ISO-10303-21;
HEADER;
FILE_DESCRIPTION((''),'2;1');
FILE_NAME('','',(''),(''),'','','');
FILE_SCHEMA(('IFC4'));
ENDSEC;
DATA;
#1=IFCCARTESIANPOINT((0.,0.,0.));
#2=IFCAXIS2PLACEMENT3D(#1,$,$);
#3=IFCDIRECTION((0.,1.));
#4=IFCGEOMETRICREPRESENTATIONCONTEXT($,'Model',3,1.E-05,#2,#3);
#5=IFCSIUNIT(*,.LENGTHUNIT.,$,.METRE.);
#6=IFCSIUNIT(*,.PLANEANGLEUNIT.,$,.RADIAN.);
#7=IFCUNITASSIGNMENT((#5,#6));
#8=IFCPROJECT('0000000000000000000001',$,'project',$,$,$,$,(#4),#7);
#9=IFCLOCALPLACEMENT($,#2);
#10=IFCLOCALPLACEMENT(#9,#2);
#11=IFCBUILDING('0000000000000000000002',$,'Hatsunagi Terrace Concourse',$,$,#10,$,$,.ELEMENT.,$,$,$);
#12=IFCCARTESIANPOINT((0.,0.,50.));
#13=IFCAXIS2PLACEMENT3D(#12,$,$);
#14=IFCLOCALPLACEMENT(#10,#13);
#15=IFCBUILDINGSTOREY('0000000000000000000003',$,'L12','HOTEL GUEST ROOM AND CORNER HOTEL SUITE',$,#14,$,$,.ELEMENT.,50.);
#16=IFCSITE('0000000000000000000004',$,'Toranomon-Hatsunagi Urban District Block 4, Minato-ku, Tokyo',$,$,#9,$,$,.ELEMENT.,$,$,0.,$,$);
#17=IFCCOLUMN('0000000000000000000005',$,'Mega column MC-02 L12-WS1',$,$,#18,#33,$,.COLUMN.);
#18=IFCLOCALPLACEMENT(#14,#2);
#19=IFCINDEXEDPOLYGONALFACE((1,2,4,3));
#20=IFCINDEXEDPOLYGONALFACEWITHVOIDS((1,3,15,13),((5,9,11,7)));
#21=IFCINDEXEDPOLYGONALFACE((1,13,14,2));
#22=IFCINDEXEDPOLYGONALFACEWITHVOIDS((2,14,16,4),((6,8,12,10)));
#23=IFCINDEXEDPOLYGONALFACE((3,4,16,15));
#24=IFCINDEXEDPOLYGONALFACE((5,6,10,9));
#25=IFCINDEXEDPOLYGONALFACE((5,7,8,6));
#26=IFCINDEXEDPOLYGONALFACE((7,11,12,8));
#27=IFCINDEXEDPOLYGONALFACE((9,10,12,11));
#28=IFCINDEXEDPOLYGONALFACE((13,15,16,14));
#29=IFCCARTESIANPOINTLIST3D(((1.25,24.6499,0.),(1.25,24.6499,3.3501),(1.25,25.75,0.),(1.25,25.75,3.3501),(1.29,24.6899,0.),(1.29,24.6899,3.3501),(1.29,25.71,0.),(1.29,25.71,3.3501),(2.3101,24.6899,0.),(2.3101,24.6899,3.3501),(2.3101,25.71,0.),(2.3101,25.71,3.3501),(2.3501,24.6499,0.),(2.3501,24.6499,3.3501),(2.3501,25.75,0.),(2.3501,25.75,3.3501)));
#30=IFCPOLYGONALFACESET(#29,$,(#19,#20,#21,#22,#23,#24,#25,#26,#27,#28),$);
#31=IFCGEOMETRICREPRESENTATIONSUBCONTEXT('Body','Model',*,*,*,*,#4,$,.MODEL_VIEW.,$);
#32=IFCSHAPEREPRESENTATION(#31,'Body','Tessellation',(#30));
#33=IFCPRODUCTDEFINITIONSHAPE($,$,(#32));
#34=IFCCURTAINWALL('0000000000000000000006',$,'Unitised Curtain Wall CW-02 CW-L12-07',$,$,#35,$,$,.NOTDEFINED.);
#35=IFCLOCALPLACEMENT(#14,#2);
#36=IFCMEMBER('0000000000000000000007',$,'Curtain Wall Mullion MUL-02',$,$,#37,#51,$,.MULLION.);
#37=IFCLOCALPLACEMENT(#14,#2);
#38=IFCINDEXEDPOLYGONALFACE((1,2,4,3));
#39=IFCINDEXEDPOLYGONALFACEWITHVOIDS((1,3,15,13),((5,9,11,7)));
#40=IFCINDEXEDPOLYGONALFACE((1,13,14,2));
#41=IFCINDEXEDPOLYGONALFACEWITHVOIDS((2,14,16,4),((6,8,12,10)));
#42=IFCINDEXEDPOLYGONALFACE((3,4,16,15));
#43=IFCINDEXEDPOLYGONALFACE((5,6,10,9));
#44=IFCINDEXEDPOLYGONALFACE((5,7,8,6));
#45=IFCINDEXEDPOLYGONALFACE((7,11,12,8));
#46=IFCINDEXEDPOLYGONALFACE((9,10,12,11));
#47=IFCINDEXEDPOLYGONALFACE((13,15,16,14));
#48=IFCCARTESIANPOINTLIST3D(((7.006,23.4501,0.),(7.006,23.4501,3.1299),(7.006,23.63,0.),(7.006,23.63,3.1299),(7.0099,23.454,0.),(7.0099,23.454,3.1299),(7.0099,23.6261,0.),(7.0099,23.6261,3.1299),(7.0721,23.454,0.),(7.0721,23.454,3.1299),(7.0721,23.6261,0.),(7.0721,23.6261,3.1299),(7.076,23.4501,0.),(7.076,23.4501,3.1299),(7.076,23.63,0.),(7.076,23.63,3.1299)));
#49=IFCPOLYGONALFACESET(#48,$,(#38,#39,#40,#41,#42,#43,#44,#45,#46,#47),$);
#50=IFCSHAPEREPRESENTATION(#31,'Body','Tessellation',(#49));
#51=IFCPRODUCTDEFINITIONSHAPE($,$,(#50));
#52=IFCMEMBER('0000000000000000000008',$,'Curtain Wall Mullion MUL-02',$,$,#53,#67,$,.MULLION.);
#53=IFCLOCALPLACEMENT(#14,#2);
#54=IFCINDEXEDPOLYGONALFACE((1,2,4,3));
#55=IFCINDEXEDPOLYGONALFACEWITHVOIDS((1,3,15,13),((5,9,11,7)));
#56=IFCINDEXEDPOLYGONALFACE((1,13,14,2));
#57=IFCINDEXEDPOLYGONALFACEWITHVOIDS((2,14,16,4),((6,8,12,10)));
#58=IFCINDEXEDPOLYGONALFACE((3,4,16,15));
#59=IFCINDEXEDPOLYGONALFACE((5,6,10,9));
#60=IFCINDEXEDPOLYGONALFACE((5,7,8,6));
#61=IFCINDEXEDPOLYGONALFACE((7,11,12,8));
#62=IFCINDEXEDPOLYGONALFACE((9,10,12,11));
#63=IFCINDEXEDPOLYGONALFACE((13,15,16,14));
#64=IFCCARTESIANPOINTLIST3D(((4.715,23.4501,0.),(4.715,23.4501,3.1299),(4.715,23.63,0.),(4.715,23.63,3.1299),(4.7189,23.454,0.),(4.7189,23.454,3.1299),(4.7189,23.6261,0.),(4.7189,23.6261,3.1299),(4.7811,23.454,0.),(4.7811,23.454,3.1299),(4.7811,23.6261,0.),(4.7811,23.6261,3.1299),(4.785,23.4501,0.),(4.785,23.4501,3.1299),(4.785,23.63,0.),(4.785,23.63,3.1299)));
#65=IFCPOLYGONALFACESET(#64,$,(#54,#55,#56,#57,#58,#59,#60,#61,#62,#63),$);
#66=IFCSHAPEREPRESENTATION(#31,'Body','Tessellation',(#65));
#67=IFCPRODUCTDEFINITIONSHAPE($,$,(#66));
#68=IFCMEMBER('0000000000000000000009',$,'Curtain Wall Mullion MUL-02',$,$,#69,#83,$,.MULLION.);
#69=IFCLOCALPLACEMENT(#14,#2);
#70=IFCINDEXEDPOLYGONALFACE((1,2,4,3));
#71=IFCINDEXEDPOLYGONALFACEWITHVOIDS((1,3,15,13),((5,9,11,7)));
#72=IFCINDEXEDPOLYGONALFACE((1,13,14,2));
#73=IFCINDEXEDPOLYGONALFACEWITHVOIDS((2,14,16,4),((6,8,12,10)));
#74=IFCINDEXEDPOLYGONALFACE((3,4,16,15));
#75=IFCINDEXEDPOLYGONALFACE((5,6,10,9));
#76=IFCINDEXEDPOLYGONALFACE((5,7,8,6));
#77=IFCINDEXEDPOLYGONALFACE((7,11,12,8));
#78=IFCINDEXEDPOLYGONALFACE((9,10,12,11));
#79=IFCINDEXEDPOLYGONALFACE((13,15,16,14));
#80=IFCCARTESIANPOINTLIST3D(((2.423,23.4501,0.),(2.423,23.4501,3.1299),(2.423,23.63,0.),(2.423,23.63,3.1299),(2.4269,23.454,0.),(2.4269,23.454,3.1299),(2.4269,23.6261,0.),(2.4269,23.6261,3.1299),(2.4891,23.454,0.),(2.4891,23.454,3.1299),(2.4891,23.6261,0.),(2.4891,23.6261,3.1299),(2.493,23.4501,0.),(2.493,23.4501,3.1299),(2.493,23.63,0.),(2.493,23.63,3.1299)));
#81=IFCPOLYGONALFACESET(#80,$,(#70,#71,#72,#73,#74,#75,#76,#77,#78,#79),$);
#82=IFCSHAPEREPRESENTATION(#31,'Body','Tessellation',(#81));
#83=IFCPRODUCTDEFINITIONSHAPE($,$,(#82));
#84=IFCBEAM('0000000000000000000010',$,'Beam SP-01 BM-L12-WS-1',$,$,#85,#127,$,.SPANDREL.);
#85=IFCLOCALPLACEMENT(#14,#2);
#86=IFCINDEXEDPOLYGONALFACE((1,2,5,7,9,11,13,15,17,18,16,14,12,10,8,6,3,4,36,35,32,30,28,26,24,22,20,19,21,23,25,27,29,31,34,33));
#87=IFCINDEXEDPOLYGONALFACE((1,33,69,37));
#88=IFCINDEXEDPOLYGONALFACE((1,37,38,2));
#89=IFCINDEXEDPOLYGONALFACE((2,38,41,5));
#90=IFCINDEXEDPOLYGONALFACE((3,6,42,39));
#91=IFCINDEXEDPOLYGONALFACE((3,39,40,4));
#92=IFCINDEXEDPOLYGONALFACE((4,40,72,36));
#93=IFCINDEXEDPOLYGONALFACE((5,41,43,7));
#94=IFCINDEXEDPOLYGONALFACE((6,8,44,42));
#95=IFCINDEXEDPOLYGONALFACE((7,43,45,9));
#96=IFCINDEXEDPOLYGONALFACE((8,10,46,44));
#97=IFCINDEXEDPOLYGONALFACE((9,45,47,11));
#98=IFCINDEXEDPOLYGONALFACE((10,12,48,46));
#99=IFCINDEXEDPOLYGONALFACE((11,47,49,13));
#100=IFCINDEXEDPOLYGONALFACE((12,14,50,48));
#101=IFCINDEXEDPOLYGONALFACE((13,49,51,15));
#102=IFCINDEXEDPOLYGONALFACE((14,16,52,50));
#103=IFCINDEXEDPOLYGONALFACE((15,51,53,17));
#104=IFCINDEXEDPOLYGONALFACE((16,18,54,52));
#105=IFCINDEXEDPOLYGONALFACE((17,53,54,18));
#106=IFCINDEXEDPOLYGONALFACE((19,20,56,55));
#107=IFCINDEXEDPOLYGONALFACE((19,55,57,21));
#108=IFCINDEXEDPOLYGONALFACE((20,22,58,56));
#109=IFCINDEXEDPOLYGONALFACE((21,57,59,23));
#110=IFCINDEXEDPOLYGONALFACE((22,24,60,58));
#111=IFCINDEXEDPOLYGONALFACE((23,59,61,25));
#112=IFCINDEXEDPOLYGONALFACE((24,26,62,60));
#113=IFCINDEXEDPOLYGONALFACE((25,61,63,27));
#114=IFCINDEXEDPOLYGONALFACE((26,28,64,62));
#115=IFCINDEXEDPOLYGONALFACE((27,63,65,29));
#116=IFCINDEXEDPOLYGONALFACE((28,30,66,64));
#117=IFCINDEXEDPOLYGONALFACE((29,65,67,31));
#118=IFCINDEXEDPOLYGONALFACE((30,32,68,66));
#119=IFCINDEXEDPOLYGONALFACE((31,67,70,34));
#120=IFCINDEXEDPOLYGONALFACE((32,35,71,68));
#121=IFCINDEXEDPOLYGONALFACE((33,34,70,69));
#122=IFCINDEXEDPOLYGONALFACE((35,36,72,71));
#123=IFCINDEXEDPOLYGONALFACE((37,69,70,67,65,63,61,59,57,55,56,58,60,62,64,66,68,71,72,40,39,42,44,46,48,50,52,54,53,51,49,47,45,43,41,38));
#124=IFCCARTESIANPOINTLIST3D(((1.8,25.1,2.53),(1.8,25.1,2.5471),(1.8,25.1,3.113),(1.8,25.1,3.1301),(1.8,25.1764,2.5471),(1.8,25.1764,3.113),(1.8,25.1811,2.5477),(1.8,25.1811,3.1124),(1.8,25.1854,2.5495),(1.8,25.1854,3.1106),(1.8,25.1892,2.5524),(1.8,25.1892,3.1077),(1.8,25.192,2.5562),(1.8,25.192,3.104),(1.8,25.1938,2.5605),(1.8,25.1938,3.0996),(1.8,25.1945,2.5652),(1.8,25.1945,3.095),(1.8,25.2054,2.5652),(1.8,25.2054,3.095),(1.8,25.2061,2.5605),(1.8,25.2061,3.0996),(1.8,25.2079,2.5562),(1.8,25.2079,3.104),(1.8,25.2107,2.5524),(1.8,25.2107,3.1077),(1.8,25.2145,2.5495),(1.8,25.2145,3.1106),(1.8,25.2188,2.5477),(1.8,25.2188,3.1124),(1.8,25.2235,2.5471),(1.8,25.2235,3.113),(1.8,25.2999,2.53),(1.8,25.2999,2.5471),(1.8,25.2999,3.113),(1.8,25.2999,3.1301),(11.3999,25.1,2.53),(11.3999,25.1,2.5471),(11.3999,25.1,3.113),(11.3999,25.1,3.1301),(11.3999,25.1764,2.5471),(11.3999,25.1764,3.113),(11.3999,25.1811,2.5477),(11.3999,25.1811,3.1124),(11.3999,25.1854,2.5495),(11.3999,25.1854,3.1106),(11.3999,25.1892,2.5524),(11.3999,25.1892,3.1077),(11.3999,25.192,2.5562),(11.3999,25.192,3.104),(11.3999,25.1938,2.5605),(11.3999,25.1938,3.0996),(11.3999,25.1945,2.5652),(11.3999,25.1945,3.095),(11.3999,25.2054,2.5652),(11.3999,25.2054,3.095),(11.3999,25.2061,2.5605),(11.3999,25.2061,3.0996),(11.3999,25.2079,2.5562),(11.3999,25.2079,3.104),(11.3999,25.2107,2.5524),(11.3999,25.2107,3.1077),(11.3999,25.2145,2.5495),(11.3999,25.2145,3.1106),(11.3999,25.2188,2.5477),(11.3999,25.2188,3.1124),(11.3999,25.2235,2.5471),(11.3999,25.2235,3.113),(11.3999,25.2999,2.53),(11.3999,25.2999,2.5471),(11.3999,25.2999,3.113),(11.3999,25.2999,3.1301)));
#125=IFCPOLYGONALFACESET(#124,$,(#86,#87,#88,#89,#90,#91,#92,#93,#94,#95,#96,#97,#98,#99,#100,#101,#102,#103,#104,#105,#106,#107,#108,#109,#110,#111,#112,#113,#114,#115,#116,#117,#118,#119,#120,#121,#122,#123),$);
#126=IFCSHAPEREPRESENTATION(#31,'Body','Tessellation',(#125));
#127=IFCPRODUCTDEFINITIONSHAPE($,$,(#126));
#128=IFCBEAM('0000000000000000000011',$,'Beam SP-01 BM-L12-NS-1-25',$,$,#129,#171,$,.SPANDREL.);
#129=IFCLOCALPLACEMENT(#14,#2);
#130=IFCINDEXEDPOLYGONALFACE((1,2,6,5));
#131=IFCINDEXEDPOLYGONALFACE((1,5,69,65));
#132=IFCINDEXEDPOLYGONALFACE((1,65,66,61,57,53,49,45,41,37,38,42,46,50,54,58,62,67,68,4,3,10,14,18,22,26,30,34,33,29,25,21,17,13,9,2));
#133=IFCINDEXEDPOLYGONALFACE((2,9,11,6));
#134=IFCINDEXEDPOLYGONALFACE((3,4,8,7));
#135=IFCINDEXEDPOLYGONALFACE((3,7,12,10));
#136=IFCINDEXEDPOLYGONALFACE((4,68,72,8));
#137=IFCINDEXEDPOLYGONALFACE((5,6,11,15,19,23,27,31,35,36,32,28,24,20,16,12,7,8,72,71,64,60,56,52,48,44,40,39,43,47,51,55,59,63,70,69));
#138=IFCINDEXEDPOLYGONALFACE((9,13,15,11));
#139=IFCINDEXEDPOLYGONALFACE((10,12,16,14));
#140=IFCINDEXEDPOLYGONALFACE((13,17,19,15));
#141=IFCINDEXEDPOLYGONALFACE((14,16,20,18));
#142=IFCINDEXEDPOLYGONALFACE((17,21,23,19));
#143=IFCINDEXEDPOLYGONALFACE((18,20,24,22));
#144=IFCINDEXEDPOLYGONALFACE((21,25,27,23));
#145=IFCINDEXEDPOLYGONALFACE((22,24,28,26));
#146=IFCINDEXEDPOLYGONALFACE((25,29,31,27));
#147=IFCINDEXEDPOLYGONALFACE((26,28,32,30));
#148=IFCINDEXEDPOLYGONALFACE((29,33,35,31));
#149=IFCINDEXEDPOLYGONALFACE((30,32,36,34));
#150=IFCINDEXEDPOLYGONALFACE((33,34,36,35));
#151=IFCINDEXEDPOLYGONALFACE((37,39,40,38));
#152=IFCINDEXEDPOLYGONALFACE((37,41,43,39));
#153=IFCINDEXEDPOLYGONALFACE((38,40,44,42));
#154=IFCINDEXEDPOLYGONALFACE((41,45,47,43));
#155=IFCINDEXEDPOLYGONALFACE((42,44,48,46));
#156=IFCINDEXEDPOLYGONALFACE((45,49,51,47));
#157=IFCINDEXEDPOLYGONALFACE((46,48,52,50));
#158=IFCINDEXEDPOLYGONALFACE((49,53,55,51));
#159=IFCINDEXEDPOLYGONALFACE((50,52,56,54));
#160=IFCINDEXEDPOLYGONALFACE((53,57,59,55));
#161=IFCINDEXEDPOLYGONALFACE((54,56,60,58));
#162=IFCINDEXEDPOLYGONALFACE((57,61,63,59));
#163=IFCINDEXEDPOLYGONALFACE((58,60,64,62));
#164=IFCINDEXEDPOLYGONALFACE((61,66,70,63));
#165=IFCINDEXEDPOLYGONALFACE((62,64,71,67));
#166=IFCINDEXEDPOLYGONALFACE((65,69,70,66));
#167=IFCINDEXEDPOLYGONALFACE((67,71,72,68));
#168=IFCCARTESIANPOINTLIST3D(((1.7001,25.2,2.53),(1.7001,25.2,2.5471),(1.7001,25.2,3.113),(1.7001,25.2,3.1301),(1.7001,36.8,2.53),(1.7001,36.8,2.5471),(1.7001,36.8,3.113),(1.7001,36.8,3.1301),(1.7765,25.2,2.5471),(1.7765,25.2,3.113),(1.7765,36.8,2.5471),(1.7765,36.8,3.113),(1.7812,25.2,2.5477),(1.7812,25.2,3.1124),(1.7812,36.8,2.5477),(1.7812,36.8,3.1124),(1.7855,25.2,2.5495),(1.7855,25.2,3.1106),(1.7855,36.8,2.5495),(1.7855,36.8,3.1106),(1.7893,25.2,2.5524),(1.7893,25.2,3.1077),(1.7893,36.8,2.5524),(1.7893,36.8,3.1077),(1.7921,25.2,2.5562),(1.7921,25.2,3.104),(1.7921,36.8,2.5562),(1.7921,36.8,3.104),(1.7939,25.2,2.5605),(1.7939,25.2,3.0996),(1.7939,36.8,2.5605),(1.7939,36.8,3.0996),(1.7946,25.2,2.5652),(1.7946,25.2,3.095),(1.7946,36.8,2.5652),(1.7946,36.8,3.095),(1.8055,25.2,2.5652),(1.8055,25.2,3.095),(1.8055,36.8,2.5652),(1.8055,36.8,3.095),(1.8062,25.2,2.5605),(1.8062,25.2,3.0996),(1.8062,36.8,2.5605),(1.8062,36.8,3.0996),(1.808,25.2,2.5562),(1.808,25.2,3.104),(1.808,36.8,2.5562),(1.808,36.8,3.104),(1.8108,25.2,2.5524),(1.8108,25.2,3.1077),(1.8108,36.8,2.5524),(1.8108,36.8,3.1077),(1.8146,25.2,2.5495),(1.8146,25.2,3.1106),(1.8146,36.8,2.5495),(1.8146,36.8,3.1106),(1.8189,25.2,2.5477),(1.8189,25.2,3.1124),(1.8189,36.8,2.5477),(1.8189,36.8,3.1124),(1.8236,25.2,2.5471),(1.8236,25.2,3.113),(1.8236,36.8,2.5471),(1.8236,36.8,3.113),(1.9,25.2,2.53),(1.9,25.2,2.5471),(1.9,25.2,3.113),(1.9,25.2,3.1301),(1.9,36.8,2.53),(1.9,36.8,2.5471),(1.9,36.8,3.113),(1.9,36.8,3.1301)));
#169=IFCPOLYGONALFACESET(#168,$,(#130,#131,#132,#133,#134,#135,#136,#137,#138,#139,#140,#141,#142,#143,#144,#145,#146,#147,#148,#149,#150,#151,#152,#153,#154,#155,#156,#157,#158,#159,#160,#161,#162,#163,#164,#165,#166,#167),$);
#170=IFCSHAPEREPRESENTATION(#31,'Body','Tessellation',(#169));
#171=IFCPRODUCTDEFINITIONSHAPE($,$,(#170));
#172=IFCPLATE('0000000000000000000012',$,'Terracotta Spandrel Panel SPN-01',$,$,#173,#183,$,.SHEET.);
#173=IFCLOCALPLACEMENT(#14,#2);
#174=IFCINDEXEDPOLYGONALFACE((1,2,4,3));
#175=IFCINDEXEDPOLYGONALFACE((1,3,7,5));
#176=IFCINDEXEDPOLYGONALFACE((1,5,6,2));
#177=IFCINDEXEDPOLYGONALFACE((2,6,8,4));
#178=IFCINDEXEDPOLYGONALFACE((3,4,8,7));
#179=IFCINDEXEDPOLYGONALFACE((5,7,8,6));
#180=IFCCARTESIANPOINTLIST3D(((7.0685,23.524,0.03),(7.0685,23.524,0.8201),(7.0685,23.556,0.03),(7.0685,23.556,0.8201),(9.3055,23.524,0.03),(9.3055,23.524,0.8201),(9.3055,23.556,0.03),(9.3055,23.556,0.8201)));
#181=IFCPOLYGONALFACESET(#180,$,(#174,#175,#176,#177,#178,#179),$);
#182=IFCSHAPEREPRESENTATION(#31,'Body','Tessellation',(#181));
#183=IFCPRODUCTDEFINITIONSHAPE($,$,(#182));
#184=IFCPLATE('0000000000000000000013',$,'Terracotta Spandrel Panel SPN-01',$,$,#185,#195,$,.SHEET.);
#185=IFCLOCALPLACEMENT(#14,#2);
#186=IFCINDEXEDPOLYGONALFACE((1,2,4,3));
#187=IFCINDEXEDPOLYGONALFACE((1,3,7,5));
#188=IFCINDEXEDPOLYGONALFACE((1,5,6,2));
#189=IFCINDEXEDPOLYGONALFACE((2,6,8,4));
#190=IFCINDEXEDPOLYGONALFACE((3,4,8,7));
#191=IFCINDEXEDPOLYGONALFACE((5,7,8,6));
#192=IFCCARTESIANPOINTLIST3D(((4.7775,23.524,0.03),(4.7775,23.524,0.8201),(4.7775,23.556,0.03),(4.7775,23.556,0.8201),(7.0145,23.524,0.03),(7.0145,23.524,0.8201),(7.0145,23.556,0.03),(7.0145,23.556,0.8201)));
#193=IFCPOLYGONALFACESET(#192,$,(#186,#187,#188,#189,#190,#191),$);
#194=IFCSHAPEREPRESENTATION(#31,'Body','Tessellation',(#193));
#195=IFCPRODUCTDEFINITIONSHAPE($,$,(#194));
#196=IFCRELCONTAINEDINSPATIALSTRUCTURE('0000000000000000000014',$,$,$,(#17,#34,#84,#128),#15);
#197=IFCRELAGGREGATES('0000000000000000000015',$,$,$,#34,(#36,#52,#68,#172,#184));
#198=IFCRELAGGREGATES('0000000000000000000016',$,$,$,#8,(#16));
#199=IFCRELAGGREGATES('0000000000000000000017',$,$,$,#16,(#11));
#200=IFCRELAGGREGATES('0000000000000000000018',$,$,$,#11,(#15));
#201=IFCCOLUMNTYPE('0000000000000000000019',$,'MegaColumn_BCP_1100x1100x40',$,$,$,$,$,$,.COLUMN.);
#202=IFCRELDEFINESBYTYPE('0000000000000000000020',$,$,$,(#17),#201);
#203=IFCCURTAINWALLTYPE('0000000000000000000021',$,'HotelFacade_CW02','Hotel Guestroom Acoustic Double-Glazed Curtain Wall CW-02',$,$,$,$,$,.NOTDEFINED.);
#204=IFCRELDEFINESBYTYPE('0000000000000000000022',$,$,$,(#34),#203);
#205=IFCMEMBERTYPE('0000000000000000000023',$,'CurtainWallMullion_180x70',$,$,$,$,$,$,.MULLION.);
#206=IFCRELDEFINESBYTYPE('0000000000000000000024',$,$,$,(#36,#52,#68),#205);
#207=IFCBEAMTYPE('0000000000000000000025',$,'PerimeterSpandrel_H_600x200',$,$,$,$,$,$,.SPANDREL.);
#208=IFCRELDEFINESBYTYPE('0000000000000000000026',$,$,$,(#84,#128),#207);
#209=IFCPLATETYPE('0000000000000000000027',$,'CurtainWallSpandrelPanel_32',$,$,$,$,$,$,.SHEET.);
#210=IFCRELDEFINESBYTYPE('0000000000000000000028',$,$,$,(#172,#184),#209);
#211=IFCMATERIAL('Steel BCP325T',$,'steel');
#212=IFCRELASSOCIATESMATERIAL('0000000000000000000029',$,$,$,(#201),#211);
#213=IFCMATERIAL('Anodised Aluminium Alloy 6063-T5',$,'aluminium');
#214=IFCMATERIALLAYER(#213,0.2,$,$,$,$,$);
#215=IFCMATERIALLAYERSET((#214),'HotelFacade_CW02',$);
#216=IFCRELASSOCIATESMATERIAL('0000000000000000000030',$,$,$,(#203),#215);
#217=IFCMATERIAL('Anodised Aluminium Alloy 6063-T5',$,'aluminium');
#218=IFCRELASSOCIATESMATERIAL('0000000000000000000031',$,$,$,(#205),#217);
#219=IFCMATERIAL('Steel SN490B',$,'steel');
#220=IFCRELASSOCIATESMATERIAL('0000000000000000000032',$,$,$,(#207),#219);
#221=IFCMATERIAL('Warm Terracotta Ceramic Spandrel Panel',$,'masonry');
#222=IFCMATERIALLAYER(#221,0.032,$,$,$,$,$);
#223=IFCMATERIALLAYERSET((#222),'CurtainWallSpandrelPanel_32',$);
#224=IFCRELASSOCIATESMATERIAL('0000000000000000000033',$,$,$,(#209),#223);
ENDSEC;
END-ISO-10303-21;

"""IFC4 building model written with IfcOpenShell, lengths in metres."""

from ifc_helpers import new_model, si_unit, direction, frame, origin, origin_2d, place, context, subcontext, project, spatial, rectangle, hollow_rectangle, i_section, extrude, material, layer, layer_set, material_profile, profile_set, type_object, element, aggregate, save


model = new_model("IFC4")

# Units and contexts
model_context = context("Model", 3, precision=1e-05, world=origin(), true_north=direction((0.0, 1.0)))
body_context = subcontext(model_context, "Body", "Model", "MODEL_VIEW")
ifc_project = project(units=[si_unit("LENGTHUNIT", "METRE"), si_unit("PLANEANGLEUNIT", "RADIAN")], contexts=[model_context])

# Site, building, storey
site_placement = place(None, origin())
site = spatial("IfcSite", under=ifc_project, at=site_placement, Name="Toranomon-Hatsunagi Urban District Block 4, Minato-ku, Tokyo", CompositionType="ELEMENT", RefElevation=0.0)
building_placement = place(site_placement, origin())
building = spatial("IfcBuilding", under=site, at=building_placement, Name="Hatsunagi Terrace Concourse", CompositionType="ELEMENT")
storey_placement = place(building_placement, frame((0.0, 0.0, 50.0)))
storey = spatial("IfcBuildingStorey", under=building, at=storey_placement, Name="L12", Description="HOTEL GUEST ROOM AND CORNER HOTEL SUITE", CompositionType="ELEMENT", Elevation=50.0)

# Column
ifc_material_1 = material(Name="Steel BCP325T", Category="steel")
ifc_material_profile_1 = material_profile(ifc_material_1, hollow_rectangle(XDim=1.1001, YDim=1.1001, WallThickness=0.04, at=origin_2d()), Name="BCP-1100x1100x40")
ifc_profile_set_1 = profile_set([ifc_material_profile_1], Name="Steel BCP325T")
column_type = type_object("IfcColumnType", Name="MegaColumn_BCP_1100x1100x40", PredefinedType="COLUMN", material=ifc_profile_set_1)
column_placement = place(storey_placement, frame((1.8, 25.2, 0.0), z_axis=(0.0, 0.0, 1.0), x_axis=(1.0, 0.0, 0.0)))
element("IfcColumn", 1, at=column_placement, inside=storey, type_object=column_type, Name="Mega column MC-02 L12-WS1", PredefinedType="COLUMN", context=body_context, shape_type="SweptSolid", body=[
    extrude(hollow_rectangle(XDim=1.1001, YDim=1.1001, WallThickness=0.04, at=origin_2d()), origin(), (0.0, 0.0, 1.0), 3.3501),
])

# Curtain wall, members
ifc_material_2 = material(Name="Anodised Aluminium Alloy 6063-T5", Category="aluminium")
ifc_layer_1 = layer(ifc_material_2, 0.2)
ifc_layer_set_1 = layer_set([ifc_layer_1], Name="HotelFacade_CW02")
curtain_wall_type = type_object("IfcCurtainWallType", Name="HotelFacade_CW02", Description="Hotel Guestroom Acoustic Double-Glazed Curtain Wall CW-02", PredefinedType="NOTDEFINED", material=ifc_layer_set_1)
curtain_wall_placement = place(storey_placement, origin())
curtain_wall = element("IfcCurtainWall", 2, at=curtain_wall_placement, inside=storey, type_object=curtain_wall_type, Name="Unitised Curtain Wall CW-02 CW-L12-07", PredefinedType="NOTDEFINED")
ifc_material_3 = material(Name="Anodised Aluminium Alloy 6063-T5", Category="aluminium")
ifc_material_profile_2 = material_profile(ifc_material_3, hollow_rectangle(XDim=0.0701, YDim=0.1799, WallThickness=0.0039, at=origin_2d()), Name="ALU-MUL-180x70x4")
ifc_profile_set_2 = profile_set([ifc_material_profile_2], Name="Anodised Aluminium Alloy 6063-T5")
member_type = type_object("IfcMemberType", Name="CurtainWallMullion_180x70", PredefinedType="MULLION", material=ifc_profile_set_2)
member_1_placement = place(storey_placement, frame((7.041, 23.54, 0.0), z_axis=(0.0, 0.0, 1.0), x_axis=(-1.0, 0.0, 0.0)))
member_1 = element("IfcMember", 3, at=member_1_placement, type_object=member_type, Name="Curtain Wall Mullion MUL-02", PredefinedType="MULLION", context=body_context, shape_type="SweptSolid", body=[
    extrude(hollow_rectangle(XDim=0.0701, YDim=0.1799, WallThickness=0.0039, at=origin_2d()), origin(), (0.0, 0.0, 1.0), 3.1299),
])
member_2_placement = place(storey_placement, frame((4.75, 23.54, 0.0), z_axis=(0.0, 0.0, 1.0), x_axis=(-1.0, 0.0, 0.0)))
member_2 = element("IfcMember", 4, at=member_2_placement, type_object=member_type, Name="Curtain Wall Mullion MUL-02", PredefinedType="MULLION", context=body_context, shape_type="SweptSolid", body=[
    extrude(hollow_rectangle(XDim=0.0701, YDim=0.1799, WallThickness=0.0039, at=origin_2d()), origin(), (0.0, 0.0, 1.0), 3.1299),
])
member_3_placement = place(storey_placement, frame((2.458, 23.54, 0.0), z_axis=(0.0, 0.0, 1.0), x_axis=(-1.0, 0.0, 0.0)))
member_3 = element("IfcMember", 5, at=member_3_placement, type_object=member_type, Name="Curtain Wall Mullion MUL-02", PredefinedType="MULLION", context=body_context, shape_type="SweptSolid", body=[
    extrude(hollow_rectangle(XDim=0.0701, YDim=0.1799, WallThickness=0.0039, at=origin_2d()), origin(), (0.0, 0.0, 1.0), 3.1299),
])

# Beams
ifc_material_4 = material(Name="Steel SN490B", Category="steel")
ifc_material_profile_3 = material_profile(ifc_material_4, i_section(OverallWidth=0.2, OverallDepth=0.6001, WebThickness=0.011, FlangeThickness=0.0171, FilletRadius=0.0181, at=origin_2d()), Name="H-600x200x11x17")
ifc_profile_set_3 = profile_set([ifc_material_profile_3], Name="Steel SN490B")
beam_type = type_object("IfcBeamType", Name="PerimeterSpandrel_H_600x200", PredefinedType="SPANDREL", material=ifc_profile_set_3)
beam_1_placement = place(storey_placement, frame((1.8, 25.2, 2.8301), z_axis=(1.0, 0.0, 0.0), x_axis=(0.0, 1.0, 0.0)))
element("IfcBeam", 6, at=beam_1_placement, inside=storey, type_object=beam_type, Name="Beam SP-01 BM-L12-WS-1", PredefinedType="SPANDREL", context=body_context, shape_type="SweptSolid", body=[
    extrude(i_section(OverallWidth=0.2, OverallDepth=0.6001, WebThickness=0.011, FlangeThickness=0.0171, FilletRadius=0.0181, at=origin_2d()), origin(), (0.0, 0.0, 1.0), 9.5999),
])
beam_2_placement = place(storey_placement, frame((1.8, 25.2, 2.8301), z_axis=(0.0, 1.0, 0.0), x_axis=(-1.0, 0.0, 0.0)))
element("IfcBeam", 7, at=beam_2_placement, inside=storey, type_object=beam_type, Name="Beam SP-01 BM-L12-NS-1-25", PredefinedType="SPANDREL", context=body_context, shape_type="SweptSolid", body=[
    extrude(i_section(OverallWidth=0.2, OverallDepth=0.6001, WebThickness=0.011, FlangeThickness=0.0171, FilletRadius=0.0181, at=origin_2d()), origin(), (0.0, 0.0, 1.0), 11.6001),
])

# Plates
ifc_material_5 = material(Name="Warm Terracotta Ceramic Spandrel Panel", Category="masonry")
ifc_layer_2 = layer(ifc_material_5, 0.032)
ifc_layer_set_2 = layer_set([ifc_layer_2], Name="CurtainWallSpandrelPanel_32")
plate_type_1 = type_object("IfcPlateType", Name="CurtainWallSpandrelPanel_32", PredefinedType="SHEET", material=ifc_layer_set_2)
plate_1_placement = place(storey_placement, frame((8.187, 23.54, 0.03), z_axis=(0.0, 0.0, 1.0), x_axis=(-1.0, 0.0, 0.0)))
plate_1 = element("IfcPlate", 8, at=plate_1_placement, type_object=plate_type_1, Name="Terracotta Spandrel Panel SPN-01", PredefinedType="SHEET", context=body_context, shape_type="SweptSolid", body=[
    extrude(rectangle(XDim=2.2371, YDim=0.032, at=origin_2d()), origin(), (0.0, 0.0, 1.0), 0.79),
])
plate_2_placement = place(storey_placement, frame((5.896, 23.54, 0.03), z_axis=(0.0, 0.0, 1.0), x_axis=(-1.0, 0.0, 0.0)))
plate_2 = element("IfcPlate", 9, at=plate_2_placement, type_object=plate_type_1, Name="Terracotta Spandrel Panel SPN-01", PredefinedType="SHEET", context=body_context, shape_type="SweptSolid", body=[
    extrude(rectangle(XDim=2.2371, YDim=0.032, at=origin_2d()), origin(), (0.0, 0.0, 1.0), 0.79),
])
aggregate(curtain_wall, [member_1, member_2, member_3, plate_1, plate_2])

save(model, "model.ifc")
